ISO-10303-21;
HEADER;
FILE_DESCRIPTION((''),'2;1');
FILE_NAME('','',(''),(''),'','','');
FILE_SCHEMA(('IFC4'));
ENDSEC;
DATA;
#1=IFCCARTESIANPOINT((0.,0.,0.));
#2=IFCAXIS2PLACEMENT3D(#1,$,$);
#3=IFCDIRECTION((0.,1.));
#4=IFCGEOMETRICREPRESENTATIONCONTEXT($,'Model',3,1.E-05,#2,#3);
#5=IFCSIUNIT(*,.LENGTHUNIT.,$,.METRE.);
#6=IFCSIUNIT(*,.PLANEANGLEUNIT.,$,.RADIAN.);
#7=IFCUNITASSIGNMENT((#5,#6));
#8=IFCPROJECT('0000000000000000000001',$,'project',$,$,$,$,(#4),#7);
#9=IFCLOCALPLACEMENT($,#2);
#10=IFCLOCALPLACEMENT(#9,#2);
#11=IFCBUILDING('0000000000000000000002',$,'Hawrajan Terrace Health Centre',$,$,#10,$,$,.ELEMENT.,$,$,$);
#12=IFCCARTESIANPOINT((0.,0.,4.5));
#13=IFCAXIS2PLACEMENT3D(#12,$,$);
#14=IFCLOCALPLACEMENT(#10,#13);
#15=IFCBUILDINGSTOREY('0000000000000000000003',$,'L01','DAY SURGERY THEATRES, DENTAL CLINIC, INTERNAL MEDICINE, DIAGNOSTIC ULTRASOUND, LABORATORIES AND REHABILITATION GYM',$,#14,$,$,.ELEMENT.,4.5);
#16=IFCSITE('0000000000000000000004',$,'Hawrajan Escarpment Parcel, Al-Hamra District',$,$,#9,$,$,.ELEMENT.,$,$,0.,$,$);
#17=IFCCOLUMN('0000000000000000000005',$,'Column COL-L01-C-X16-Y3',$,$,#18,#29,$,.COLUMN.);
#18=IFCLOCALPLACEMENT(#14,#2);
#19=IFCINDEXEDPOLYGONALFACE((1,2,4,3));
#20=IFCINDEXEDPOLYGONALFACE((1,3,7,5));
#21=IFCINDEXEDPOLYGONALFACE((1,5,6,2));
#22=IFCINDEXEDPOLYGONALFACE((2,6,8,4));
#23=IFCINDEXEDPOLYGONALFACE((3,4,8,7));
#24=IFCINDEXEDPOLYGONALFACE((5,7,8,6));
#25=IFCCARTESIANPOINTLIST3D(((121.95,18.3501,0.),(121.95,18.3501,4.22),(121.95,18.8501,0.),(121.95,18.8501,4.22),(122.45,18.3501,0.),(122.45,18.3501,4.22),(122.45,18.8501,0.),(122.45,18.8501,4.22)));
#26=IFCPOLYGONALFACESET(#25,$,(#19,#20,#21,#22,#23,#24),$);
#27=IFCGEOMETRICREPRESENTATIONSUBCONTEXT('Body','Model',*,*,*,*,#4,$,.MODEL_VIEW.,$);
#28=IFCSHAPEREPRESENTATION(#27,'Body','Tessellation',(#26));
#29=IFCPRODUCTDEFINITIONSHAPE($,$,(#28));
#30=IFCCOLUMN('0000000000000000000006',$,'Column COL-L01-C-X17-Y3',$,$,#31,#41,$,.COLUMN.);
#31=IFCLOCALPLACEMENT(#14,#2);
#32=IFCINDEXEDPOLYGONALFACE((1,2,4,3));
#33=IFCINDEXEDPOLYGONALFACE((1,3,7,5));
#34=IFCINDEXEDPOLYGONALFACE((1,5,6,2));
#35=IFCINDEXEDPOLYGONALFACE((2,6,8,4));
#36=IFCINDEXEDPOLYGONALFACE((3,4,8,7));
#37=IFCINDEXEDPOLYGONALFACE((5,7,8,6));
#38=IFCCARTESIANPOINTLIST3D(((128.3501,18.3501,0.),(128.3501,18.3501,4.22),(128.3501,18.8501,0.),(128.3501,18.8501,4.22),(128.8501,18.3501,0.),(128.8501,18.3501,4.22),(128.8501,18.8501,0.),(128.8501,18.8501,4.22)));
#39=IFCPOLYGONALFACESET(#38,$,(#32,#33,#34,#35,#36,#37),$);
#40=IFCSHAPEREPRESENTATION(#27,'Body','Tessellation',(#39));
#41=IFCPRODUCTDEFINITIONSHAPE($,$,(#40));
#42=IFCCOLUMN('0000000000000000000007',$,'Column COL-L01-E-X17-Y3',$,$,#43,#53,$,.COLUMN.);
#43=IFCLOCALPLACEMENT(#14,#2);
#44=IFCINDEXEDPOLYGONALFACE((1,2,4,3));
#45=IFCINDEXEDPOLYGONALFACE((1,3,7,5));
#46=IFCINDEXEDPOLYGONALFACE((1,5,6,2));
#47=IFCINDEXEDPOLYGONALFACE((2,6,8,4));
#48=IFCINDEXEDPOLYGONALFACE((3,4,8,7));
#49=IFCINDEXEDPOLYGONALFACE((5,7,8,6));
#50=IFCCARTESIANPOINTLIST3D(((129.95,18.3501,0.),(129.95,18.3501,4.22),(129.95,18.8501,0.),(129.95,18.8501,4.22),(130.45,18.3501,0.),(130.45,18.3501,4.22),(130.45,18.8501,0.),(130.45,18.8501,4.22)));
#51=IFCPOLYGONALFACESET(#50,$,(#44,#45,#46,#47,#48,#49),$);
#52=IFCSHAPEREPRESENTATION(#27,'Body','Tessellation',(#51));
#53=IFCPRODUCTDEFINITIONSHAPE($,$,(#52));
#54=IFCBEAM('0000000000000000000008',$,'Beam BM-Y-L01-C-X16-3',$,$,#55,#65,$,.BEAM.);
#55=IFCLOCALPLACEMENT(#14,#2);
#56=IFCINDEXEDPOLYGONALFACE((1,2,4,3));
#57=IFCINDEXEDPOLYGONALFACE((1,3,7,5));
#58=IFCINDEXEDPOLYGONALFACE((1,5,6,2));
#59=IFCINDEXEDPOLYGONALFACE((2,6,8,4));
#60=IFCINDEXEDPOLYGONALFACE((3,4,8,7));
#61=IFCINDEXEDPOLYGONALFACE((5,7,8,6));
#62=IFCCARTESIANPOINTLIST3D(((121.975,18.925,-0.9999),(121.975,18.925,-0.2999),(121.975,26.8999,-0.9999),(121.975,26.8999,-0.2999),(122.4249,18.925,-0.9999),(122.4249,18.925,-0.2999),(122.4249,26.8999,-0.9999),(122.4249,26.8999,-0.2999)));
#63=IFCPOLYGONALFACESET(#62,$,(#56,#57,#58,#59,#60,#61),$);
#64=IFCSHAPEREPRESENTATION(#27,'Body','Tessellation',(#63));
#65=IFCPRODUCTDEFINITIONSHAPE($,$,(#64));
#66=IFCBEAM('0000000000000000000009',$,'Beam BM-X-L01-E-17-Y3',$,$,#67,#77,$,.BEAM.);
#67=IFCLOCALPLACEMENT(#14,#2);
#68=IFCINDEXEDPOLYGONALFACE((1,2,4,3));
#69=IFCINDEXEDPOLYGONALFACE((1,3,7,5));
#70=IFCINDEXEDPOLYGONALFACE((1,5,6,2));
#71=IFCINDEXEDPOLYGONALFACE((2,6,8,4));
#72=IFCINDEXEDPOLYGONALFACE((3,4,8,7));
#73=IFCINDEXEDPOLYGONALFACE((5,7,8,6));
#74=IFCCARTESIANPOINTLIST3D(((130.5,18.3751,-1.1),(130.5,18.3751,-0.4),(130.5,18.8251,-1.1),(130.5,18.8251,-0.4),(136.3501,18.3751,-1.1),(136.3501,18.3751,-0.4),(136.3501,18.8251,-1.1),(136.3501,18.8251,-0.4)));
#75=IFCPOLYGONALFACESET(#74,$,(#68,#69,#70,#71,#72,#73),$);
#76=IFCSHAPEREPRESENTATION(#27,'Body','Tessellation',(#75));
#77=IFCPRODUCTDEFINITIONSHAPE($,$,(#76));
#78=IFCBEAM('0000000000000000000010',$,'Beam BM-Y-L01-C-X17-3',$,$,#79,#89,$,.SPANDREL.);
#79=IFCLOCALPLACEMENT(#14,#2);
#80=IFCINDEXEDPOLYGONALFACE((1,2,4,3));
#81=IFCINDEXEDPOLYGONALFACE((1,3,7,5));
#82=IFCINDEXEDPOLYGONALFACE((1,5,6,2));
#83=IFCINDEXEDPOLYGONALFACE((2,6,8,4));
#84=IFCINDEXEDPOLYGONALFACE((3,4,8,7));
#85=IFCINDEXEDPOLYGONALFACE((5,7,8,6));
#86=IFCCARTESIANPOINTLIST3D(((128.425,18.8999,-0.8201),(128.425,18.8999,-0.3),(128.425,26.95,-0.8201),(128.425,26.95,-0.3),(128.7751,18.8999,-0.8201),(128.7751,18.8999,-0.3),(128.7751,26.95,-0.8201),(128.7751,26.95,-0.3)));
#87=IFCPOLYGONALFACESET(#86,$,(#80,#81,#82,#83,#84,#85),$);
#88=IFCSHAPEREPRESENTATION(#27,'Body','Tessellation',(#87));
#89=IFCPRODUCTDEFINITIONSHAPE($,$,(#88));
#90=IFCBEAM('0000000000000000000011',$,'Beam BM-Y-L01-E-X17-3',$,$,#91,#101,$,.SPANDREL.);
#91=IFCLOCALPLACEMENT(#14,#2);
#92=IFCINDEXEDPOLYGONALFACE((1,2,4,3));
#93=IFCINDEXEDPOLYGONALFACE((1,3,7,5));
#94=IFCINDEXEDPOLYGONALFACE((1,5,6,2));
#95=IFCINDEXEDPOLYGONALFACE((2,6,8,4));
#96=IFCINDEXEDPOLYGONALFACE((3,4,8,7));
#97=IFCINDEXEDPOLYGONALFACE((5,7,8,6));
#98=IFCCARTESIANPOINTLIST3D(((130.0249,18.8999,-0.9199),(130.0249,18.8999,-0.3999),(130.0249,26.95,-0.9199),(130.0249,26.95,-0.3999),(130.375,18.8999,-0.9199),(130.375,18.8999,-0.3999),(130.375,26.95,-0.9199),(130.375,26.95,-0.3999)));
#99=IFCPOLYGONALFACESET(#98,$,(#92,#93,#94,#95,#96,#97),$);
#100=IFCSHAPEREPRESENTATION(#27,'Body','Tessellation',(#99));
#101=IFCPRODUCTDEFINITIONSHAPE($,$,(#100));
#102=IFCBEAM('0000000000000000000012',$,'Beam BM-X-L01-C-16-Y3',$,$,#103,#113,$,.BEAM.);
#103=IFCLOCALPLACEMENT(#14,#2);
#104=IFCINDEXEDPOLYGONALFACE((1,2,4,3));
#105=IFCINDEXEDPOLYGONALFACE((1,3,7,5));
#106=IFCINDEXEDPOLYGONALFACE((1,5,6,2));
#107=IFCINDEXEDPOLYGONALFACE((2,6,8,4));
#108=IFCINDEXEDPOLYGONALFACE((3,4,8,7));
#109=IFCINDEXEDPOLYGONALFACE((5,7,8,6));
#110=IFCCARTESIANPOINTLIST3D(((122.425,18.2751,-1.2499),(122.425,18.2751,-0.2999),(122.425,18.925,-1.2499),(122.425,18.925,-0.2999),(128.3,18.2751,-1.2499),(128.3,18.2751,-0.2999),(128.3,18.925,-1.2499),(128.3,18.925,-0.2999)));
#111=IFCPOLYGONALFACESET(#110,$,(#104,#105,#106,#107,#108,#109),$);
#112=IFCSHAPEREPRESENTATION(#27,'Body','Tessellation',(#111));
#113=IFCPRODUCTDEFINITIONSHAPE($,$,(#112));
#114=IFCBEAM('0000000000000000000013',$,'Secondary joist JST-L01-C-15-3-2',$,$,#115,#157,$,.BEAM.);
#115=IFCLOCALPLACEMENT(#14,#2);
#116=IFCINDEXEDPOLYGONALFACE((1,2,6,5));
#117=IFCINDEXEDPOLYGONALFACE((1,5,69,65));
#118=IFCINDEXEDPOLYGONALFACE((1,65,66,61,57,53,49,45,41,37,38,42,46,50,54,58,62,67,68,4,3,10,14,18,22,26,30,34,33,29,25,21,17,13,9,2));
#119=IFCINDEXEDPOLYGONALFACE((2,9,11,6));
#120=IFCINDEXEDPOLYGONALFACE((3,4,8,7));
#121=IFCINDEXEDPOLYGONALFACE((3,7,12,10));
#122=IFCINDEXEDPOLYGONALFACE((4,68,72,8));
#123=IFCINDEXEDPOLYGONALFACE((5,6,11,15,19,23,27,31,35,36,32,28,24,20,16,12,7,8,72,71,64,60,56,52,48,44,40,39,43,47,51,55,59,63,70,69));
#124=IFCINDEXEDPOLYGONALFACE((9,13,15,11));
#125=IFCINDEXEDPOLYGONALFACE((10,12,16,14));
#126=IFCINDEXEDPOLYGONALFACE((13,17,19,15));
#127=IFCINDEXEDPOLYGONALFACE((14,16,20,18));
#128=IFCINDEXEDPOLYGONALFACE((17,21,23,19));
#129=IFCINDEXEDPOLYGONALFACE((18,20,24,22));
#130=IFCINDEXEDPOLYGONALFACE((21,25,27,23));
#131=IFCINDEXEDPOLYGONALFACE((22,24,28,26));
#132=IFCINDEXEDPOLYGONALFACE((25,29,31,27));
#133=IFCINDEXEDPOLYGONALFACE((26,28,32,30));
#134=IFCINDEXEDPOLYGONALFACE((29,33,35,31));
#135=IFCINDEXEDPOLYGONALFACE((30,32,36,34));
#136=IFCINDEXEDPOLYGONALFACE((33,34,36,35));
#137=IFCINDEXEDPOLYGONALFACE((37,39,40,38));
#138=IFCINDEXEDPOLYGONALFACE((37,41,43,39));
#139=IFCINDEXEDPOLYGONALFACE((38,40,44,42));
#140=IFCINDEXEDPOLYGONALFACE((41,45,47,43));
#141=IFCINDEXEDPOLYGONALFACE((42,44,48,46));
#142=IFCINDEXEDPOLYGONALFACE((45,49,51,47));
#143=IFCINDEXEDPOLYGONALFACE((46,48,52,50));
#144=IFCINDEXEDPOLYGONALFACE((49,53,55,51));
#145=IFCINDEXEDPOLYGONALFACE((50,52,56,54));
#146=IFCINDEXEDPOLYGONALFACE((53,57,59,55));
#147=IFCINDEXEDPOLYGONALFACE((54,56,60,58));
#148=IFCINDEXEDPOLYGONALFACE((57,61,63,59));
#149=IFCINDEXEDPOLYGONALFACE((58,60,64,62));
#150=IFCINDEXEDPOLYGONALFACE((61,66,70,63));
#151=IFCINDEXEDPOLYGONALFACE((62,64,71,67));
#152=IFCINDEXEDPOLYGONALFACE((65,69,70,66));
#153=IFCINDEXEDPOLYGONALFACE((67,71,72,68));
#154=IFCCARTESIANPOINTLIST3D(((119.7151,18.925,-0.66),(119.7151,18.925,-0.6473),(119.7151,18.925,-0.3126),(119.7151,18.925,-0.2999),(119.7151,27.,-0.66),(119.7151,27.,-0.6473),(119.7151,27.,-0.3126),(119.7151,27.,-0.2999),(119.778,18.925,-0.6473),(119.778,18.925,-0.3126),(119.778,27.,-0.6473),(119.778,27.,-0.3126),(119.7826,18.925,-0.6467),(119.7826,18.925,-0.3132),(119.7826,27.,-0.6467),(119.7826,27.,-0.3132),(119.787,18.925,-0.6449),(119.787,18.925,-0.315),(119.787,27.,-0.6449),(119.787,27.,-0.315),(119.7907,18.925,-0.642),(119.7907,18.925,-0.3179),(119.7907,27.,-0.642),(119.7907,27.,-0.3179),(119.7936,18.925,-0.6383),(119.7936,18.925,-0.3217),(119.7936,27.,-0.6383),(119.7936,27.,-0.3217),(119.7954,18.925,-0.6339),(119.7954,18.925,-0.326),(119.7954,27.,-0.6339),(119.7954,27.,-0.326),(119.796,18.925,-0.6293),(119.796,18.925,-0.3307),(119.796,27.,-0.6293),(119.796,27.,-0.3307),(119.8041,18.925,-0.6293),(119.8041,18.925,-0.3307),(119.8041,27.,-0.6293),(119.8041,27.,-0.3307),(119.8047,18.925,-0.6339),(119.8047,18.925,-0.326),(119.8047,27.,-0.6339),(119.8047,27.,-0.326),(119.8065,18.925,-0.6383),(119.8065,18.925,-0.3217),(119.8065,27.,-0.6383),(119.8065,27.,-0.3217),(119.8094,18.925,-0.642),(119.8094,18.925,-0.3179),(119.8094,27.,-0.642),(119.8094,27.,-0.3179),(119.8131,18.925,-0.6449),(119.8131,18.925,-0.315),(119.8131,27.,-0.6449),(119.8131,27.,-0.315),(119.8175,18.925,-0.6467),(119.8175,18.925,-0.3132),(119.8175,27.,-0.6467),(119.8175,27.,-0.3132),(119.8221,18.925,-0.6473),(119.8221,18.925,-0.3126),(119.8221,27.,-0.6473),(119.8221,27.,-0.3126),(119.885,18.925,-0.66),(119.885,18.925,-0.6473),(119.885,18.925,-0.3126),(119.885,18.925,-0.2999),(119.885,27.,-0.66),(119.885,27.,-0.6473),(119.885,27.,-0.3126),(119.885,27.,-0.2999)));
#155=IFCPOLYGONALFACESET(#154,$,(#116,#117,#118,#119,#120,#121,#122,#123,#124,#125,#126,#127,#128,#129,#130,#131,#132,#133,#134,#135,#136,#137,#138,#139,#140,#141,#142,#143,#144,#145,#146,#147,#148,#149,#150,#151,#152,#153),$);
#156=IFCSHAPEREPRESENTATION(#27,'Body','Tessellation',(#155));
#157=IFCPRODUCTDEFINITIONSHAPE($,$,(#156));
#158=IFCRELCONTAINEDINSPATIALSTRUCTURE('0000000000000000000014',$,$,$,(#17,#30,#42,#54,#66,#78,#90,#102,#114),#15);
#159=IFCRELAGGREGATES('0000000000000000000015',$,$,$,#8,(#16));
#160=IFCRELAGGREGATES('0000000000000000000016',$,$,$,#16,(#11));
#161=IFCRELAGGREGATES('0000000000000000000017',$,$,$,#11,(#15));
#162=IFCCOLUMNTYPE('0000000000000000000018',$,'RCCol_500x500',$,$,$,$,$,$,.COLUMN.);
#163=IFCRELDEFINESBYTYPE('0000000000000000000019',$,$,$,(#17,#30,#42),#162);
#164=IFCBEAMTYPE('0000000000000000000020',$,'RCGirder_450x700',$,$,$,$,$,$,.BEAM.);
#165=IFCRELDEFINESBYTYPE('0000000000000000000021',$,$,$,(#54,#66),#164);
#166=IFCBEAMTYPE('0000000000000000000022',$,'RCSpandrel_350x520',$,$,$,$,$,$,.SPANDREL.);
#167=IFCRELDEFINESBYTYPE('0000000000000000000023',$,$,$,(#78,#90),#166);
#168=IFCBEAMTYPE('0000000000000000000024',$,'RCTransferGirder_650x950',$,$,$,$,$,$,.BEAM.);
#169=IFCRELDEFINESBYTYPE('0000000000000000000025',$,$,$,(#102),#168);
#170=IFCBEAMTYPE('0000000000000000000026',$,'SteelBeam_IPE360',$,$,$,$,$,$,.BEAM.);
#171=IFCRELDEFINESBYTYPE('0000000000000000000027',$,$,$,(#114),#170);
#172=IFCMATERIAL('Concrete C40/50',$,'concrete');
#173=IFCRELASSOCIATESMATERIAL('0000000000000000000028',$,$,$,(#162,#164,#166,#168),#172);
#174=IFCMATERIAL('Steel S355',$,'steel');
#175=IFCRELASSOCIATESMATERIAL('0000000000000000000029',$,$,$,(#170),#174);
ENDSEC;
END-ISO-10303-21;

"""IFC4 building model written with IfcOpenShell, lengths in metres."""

from ifc_helpers import new_model, si_unit, direction, frame, origin, origin_2d, place, context, subcontext, project, spatial, rectangle, i_section, extrude, material, material_profile, profile_set, type_object, element, save


model = new_model("IFC4")

# Units and contexts
model_context = context("Model", 3, precision=1e-05, world=origin(), true_north=direction((0.0, 1.0)))
body_context = subcontext(model_context, "Body", "Model", "MODEL_VIEW")
ifc_project = project(units=[si_unit("LENGTHUNIT", "METRE"), si_unit("PLANEANGLEUNIT", "RADIAN")], contexts=[model_context])

# Site, building, storey
site_placement = place(None, origin())
site = spatial("IfcSite", under=ifc_project, at=site_placement, Name="Hawrajan Escarpment Parcel, Al-Hamra District", CompositionType="ELEMENT", RefElevation=0.0)
building_placement = place(site_placement, origin())
building = spatial("IfcBuilding", under=site, at=building_placement, Name="Hawrajan Terrace Health Centre", CompositionType="ELEMENT")
storey_placement = place(building_placement, frame((0.0, 0.0, 4.5)))
storey = spatial("IfcBuildingStorey", under=building, at=storey_placement, Name="L01", Description="DAY SURGERY THEATRES, DENTAL CLINIC, INTERNAL MEDICINE, DIAGNOSTIC ULTRASOUND, LABORATORIES AND REHABILITATION GYM", CompositionType="ELEMENT", Elevation=4.5)

# Columns
ifc_material_1 = material(Name="Concrete C40/50", Category="concrete")
ifc_material_profile_1 = material_profile(ifc_material_1, rectangle(XDim=0.5, YDim=0.5, at=origin_2d()), Name="RC 500x500")
ifc_profile_set_1 = profile_set([ifc_material_profile_1], Name="Concrete C40/50")
column_type = type_object("IfcColumnType", Name="RCCol_500x500", PredefinedType="COLUMN", material=ifc_profile_set_1)
for number, where, z_axis, x_axis, name in (
    (1, (122.2, 18.6001, 0.0), (0.0, 0.0, 1.0), (1.0, 0.0, 0.0), "Column COL-L01-C-X16-Y3"),
    (2, (128.6001, 18.6001, 0.0), (0.0, 0.0, 1.0), (1.0, 0.0, 0.0), "Column COL-L01-C-X17-Y3"),
    (3, (130.2, 18.6001, 0.0), (0.0, 0.0, 1.0), (1.0, 0.0, 0.0), "Column COL-L01-E-X17-Y3"),
):
    element("IfcColumn", number, at=place(storey_placement, frame(where, z_axis=z_axis, x_axis=x_axis)), inside=storey, type_object=column_type, Name=name, PredefinedType="COLUMN", context=body_context, shape_type="SweptSolid", body=[
        extrude(rectangle(XDim=0.5, YDim=0.5, at=origin_2d()), origin(), (0.0, 0.0, 1.0), 4.22),
    ])

# Beams
ifc_material_profile_2 = material_profile(ifc_material_1, rectangle(XDim=0.45, YDim=0.7, at=origin_2d()), Name="RC BM 450x700")
ifc_profile_set_2 = profile_set([ifc_material_profile_2], Name="Concrete C40/50")
beam_type_1 = type_object("IfcBeamType", Name="RCGirder_450x700", PredefinedType="BEAM", material=ifc_profile_set_2)
beam_1_placement = place(storey_placement, frame((122.2, 18.925, -0.6499), z_axis=(0.0, 1.0, 0.0), x_axis=(-1.0, 0.0, 0.0)))
element("IfcBeam", 4, at=beam_1_placement, inside=storey, type_object=beam_type_1, Name="Beam BM-Y-L01-C-X16-3", PredefinedType="BEAM", context=body_context, shape_type="SweptSolid", body=[
    extrude(rectangle(XDim=0.45, YDim=0.7, at=origin_2d()), origin(), (0.0, 0.0, 1.0), 7.9749),
])
beam_2_placement = place(storey_placement, frame((130.5, 18.6001, -0.75), z_axis=(1.0, 0.0, 0.0), x_axis=(0.0, 1.0, 0.0)))
element("IfcBeam", 5, at=beam_2_placement, inside=storey, type_object=beam_type_1, Name="Beam BM-X-L01-E-17-Y3", PredefinedType="BEAM", context=body_context, shape_type="SweptSolid", body=[
    extrude(rectangle(XDim=0.45, YDim=0.7, at=origin_2d()), origin(), (0.0, 0.0, 1.0), 5.8501),
])
ifc_material_profile_3 = material_profile(ifc_material_1, rectangle(XDim=0.3501, YDim=0.52, at=origin_2d()), Name="RC SP 350x520")
ifc_profile_set_3 = profile_set([ifc_material_profile_3], Name="Concrete C40/50")
beam_type_2 = type_object("IfcBeamType", Name="RCSpandrel_350x520", PredefinedType="SPANDREL", material=ifc_profile_set_3)
for number, where, z_axis, x_axis, name in (
    (6, (128.6001, 18.8999, -0.5601), (0.0, 1.0, 0.0), (-1.0, 0.0, 0.0), "Beam BM-Y-L01-C-X17-3"),
    (7, (130.2, 18.8999, -0.6599), (0.0, 1.0, 0.0), (-1.0, 0.0, 0.0), "Beam BM-Y-L01-E-X17-3"),
):
    element("IfcBeam", number, at=place(storey_placement, frame(where, z_axis=z_axis, x_axis=x_axis)), inside=storey, type_object=beam_type_2, Name=name, PredefinedType="SPANDREL", context=body_context, shape_type="SweptSolid", body=[
        extrude(rectangle(XDim=0.3501, YDim=0.52, at=origin_2d()), origin(), (0.0, 0.0, 1.0), 8.05),
    ])
ifc_material_profile_4 = material_profile(ifc_material_1, rectangle(XDim=0.6499, YDim=0.95, at=origin_2d()), Name="RC TG 650x950")
ifc_profile_set_4 = profile_set([ifc_material_profile_4], Name="Concrete C40/50")
beam_type_3 = type_object("IfcBeamType", Name="RCTransferGirder_650x950", PredefinedType="BEAM", material=ifc_profile_set_4)
beam_3_placement = place(storey_placement, frame((122.425, 18.6001, -0.7749), z_axis=(1.0, 0.0, 0.0), x_axis=(0.0, 1.0, 0.0)))
element("IfcBeam", 8, at=beam_3_placement, inside=storey, type_object=beam_type_3, Name="Beam BM-X-L01-C-16-Y3", PredefinedType="BEAM", context=body_context, shape_type="SweptSolid", body=[
    extrude(rectangle(XDim=0.6499, YDim=0.95, at=origin_2d()), origin(), (0.0, 0.0, 1.0), 5.875),
])
ifc_material_2 = material(Name="Steel S355", Category="steel")
ifc_material_profile_5 = material_profile(ifc_material_2, i_section(OverallWidth=0.1699, OverallDepth=0.3601, WebThickness=0.0081, FlangeThickness=0.0127, FilletRadius=0.0181, at=origin_2d()), Name="IPE 360")
ifc_profile_set_5 = profile_set([ifc_material_profile_5], Name="Steel S355")
beam_type_4 = type_object("IfcBeamType", Name="SteelBeam_IPE360", PredefinedType="BEAM", material=ifc_profile_set_5)
beam_4_placement = place(storey_placement, frame((119.8, 18.925, -0.48), z_axis=(0.0, 1.0, 0.0), x_axis=(-1.0, 0.0, 0.0)))
element("IfcBeam", 9, at=beam_4_placement, inside=storey, type_object=beam_type_4, Name="Secondary joist JST-L01-C-15-3-2", PredefinedType="BEAM", context=body_context, shape_type="SweptSolid", body=[
    extrude(i_section(OverallWidth=0.1699, OverallDepth=0.3601, WebThickness=0.0081, FlangeThickness=0.0127, FilletRadius=0.0181, at=origin_2d()), origin(), (0.0, 0.0, 1.0), 8.075),
])

save(model, "model.ifc")
